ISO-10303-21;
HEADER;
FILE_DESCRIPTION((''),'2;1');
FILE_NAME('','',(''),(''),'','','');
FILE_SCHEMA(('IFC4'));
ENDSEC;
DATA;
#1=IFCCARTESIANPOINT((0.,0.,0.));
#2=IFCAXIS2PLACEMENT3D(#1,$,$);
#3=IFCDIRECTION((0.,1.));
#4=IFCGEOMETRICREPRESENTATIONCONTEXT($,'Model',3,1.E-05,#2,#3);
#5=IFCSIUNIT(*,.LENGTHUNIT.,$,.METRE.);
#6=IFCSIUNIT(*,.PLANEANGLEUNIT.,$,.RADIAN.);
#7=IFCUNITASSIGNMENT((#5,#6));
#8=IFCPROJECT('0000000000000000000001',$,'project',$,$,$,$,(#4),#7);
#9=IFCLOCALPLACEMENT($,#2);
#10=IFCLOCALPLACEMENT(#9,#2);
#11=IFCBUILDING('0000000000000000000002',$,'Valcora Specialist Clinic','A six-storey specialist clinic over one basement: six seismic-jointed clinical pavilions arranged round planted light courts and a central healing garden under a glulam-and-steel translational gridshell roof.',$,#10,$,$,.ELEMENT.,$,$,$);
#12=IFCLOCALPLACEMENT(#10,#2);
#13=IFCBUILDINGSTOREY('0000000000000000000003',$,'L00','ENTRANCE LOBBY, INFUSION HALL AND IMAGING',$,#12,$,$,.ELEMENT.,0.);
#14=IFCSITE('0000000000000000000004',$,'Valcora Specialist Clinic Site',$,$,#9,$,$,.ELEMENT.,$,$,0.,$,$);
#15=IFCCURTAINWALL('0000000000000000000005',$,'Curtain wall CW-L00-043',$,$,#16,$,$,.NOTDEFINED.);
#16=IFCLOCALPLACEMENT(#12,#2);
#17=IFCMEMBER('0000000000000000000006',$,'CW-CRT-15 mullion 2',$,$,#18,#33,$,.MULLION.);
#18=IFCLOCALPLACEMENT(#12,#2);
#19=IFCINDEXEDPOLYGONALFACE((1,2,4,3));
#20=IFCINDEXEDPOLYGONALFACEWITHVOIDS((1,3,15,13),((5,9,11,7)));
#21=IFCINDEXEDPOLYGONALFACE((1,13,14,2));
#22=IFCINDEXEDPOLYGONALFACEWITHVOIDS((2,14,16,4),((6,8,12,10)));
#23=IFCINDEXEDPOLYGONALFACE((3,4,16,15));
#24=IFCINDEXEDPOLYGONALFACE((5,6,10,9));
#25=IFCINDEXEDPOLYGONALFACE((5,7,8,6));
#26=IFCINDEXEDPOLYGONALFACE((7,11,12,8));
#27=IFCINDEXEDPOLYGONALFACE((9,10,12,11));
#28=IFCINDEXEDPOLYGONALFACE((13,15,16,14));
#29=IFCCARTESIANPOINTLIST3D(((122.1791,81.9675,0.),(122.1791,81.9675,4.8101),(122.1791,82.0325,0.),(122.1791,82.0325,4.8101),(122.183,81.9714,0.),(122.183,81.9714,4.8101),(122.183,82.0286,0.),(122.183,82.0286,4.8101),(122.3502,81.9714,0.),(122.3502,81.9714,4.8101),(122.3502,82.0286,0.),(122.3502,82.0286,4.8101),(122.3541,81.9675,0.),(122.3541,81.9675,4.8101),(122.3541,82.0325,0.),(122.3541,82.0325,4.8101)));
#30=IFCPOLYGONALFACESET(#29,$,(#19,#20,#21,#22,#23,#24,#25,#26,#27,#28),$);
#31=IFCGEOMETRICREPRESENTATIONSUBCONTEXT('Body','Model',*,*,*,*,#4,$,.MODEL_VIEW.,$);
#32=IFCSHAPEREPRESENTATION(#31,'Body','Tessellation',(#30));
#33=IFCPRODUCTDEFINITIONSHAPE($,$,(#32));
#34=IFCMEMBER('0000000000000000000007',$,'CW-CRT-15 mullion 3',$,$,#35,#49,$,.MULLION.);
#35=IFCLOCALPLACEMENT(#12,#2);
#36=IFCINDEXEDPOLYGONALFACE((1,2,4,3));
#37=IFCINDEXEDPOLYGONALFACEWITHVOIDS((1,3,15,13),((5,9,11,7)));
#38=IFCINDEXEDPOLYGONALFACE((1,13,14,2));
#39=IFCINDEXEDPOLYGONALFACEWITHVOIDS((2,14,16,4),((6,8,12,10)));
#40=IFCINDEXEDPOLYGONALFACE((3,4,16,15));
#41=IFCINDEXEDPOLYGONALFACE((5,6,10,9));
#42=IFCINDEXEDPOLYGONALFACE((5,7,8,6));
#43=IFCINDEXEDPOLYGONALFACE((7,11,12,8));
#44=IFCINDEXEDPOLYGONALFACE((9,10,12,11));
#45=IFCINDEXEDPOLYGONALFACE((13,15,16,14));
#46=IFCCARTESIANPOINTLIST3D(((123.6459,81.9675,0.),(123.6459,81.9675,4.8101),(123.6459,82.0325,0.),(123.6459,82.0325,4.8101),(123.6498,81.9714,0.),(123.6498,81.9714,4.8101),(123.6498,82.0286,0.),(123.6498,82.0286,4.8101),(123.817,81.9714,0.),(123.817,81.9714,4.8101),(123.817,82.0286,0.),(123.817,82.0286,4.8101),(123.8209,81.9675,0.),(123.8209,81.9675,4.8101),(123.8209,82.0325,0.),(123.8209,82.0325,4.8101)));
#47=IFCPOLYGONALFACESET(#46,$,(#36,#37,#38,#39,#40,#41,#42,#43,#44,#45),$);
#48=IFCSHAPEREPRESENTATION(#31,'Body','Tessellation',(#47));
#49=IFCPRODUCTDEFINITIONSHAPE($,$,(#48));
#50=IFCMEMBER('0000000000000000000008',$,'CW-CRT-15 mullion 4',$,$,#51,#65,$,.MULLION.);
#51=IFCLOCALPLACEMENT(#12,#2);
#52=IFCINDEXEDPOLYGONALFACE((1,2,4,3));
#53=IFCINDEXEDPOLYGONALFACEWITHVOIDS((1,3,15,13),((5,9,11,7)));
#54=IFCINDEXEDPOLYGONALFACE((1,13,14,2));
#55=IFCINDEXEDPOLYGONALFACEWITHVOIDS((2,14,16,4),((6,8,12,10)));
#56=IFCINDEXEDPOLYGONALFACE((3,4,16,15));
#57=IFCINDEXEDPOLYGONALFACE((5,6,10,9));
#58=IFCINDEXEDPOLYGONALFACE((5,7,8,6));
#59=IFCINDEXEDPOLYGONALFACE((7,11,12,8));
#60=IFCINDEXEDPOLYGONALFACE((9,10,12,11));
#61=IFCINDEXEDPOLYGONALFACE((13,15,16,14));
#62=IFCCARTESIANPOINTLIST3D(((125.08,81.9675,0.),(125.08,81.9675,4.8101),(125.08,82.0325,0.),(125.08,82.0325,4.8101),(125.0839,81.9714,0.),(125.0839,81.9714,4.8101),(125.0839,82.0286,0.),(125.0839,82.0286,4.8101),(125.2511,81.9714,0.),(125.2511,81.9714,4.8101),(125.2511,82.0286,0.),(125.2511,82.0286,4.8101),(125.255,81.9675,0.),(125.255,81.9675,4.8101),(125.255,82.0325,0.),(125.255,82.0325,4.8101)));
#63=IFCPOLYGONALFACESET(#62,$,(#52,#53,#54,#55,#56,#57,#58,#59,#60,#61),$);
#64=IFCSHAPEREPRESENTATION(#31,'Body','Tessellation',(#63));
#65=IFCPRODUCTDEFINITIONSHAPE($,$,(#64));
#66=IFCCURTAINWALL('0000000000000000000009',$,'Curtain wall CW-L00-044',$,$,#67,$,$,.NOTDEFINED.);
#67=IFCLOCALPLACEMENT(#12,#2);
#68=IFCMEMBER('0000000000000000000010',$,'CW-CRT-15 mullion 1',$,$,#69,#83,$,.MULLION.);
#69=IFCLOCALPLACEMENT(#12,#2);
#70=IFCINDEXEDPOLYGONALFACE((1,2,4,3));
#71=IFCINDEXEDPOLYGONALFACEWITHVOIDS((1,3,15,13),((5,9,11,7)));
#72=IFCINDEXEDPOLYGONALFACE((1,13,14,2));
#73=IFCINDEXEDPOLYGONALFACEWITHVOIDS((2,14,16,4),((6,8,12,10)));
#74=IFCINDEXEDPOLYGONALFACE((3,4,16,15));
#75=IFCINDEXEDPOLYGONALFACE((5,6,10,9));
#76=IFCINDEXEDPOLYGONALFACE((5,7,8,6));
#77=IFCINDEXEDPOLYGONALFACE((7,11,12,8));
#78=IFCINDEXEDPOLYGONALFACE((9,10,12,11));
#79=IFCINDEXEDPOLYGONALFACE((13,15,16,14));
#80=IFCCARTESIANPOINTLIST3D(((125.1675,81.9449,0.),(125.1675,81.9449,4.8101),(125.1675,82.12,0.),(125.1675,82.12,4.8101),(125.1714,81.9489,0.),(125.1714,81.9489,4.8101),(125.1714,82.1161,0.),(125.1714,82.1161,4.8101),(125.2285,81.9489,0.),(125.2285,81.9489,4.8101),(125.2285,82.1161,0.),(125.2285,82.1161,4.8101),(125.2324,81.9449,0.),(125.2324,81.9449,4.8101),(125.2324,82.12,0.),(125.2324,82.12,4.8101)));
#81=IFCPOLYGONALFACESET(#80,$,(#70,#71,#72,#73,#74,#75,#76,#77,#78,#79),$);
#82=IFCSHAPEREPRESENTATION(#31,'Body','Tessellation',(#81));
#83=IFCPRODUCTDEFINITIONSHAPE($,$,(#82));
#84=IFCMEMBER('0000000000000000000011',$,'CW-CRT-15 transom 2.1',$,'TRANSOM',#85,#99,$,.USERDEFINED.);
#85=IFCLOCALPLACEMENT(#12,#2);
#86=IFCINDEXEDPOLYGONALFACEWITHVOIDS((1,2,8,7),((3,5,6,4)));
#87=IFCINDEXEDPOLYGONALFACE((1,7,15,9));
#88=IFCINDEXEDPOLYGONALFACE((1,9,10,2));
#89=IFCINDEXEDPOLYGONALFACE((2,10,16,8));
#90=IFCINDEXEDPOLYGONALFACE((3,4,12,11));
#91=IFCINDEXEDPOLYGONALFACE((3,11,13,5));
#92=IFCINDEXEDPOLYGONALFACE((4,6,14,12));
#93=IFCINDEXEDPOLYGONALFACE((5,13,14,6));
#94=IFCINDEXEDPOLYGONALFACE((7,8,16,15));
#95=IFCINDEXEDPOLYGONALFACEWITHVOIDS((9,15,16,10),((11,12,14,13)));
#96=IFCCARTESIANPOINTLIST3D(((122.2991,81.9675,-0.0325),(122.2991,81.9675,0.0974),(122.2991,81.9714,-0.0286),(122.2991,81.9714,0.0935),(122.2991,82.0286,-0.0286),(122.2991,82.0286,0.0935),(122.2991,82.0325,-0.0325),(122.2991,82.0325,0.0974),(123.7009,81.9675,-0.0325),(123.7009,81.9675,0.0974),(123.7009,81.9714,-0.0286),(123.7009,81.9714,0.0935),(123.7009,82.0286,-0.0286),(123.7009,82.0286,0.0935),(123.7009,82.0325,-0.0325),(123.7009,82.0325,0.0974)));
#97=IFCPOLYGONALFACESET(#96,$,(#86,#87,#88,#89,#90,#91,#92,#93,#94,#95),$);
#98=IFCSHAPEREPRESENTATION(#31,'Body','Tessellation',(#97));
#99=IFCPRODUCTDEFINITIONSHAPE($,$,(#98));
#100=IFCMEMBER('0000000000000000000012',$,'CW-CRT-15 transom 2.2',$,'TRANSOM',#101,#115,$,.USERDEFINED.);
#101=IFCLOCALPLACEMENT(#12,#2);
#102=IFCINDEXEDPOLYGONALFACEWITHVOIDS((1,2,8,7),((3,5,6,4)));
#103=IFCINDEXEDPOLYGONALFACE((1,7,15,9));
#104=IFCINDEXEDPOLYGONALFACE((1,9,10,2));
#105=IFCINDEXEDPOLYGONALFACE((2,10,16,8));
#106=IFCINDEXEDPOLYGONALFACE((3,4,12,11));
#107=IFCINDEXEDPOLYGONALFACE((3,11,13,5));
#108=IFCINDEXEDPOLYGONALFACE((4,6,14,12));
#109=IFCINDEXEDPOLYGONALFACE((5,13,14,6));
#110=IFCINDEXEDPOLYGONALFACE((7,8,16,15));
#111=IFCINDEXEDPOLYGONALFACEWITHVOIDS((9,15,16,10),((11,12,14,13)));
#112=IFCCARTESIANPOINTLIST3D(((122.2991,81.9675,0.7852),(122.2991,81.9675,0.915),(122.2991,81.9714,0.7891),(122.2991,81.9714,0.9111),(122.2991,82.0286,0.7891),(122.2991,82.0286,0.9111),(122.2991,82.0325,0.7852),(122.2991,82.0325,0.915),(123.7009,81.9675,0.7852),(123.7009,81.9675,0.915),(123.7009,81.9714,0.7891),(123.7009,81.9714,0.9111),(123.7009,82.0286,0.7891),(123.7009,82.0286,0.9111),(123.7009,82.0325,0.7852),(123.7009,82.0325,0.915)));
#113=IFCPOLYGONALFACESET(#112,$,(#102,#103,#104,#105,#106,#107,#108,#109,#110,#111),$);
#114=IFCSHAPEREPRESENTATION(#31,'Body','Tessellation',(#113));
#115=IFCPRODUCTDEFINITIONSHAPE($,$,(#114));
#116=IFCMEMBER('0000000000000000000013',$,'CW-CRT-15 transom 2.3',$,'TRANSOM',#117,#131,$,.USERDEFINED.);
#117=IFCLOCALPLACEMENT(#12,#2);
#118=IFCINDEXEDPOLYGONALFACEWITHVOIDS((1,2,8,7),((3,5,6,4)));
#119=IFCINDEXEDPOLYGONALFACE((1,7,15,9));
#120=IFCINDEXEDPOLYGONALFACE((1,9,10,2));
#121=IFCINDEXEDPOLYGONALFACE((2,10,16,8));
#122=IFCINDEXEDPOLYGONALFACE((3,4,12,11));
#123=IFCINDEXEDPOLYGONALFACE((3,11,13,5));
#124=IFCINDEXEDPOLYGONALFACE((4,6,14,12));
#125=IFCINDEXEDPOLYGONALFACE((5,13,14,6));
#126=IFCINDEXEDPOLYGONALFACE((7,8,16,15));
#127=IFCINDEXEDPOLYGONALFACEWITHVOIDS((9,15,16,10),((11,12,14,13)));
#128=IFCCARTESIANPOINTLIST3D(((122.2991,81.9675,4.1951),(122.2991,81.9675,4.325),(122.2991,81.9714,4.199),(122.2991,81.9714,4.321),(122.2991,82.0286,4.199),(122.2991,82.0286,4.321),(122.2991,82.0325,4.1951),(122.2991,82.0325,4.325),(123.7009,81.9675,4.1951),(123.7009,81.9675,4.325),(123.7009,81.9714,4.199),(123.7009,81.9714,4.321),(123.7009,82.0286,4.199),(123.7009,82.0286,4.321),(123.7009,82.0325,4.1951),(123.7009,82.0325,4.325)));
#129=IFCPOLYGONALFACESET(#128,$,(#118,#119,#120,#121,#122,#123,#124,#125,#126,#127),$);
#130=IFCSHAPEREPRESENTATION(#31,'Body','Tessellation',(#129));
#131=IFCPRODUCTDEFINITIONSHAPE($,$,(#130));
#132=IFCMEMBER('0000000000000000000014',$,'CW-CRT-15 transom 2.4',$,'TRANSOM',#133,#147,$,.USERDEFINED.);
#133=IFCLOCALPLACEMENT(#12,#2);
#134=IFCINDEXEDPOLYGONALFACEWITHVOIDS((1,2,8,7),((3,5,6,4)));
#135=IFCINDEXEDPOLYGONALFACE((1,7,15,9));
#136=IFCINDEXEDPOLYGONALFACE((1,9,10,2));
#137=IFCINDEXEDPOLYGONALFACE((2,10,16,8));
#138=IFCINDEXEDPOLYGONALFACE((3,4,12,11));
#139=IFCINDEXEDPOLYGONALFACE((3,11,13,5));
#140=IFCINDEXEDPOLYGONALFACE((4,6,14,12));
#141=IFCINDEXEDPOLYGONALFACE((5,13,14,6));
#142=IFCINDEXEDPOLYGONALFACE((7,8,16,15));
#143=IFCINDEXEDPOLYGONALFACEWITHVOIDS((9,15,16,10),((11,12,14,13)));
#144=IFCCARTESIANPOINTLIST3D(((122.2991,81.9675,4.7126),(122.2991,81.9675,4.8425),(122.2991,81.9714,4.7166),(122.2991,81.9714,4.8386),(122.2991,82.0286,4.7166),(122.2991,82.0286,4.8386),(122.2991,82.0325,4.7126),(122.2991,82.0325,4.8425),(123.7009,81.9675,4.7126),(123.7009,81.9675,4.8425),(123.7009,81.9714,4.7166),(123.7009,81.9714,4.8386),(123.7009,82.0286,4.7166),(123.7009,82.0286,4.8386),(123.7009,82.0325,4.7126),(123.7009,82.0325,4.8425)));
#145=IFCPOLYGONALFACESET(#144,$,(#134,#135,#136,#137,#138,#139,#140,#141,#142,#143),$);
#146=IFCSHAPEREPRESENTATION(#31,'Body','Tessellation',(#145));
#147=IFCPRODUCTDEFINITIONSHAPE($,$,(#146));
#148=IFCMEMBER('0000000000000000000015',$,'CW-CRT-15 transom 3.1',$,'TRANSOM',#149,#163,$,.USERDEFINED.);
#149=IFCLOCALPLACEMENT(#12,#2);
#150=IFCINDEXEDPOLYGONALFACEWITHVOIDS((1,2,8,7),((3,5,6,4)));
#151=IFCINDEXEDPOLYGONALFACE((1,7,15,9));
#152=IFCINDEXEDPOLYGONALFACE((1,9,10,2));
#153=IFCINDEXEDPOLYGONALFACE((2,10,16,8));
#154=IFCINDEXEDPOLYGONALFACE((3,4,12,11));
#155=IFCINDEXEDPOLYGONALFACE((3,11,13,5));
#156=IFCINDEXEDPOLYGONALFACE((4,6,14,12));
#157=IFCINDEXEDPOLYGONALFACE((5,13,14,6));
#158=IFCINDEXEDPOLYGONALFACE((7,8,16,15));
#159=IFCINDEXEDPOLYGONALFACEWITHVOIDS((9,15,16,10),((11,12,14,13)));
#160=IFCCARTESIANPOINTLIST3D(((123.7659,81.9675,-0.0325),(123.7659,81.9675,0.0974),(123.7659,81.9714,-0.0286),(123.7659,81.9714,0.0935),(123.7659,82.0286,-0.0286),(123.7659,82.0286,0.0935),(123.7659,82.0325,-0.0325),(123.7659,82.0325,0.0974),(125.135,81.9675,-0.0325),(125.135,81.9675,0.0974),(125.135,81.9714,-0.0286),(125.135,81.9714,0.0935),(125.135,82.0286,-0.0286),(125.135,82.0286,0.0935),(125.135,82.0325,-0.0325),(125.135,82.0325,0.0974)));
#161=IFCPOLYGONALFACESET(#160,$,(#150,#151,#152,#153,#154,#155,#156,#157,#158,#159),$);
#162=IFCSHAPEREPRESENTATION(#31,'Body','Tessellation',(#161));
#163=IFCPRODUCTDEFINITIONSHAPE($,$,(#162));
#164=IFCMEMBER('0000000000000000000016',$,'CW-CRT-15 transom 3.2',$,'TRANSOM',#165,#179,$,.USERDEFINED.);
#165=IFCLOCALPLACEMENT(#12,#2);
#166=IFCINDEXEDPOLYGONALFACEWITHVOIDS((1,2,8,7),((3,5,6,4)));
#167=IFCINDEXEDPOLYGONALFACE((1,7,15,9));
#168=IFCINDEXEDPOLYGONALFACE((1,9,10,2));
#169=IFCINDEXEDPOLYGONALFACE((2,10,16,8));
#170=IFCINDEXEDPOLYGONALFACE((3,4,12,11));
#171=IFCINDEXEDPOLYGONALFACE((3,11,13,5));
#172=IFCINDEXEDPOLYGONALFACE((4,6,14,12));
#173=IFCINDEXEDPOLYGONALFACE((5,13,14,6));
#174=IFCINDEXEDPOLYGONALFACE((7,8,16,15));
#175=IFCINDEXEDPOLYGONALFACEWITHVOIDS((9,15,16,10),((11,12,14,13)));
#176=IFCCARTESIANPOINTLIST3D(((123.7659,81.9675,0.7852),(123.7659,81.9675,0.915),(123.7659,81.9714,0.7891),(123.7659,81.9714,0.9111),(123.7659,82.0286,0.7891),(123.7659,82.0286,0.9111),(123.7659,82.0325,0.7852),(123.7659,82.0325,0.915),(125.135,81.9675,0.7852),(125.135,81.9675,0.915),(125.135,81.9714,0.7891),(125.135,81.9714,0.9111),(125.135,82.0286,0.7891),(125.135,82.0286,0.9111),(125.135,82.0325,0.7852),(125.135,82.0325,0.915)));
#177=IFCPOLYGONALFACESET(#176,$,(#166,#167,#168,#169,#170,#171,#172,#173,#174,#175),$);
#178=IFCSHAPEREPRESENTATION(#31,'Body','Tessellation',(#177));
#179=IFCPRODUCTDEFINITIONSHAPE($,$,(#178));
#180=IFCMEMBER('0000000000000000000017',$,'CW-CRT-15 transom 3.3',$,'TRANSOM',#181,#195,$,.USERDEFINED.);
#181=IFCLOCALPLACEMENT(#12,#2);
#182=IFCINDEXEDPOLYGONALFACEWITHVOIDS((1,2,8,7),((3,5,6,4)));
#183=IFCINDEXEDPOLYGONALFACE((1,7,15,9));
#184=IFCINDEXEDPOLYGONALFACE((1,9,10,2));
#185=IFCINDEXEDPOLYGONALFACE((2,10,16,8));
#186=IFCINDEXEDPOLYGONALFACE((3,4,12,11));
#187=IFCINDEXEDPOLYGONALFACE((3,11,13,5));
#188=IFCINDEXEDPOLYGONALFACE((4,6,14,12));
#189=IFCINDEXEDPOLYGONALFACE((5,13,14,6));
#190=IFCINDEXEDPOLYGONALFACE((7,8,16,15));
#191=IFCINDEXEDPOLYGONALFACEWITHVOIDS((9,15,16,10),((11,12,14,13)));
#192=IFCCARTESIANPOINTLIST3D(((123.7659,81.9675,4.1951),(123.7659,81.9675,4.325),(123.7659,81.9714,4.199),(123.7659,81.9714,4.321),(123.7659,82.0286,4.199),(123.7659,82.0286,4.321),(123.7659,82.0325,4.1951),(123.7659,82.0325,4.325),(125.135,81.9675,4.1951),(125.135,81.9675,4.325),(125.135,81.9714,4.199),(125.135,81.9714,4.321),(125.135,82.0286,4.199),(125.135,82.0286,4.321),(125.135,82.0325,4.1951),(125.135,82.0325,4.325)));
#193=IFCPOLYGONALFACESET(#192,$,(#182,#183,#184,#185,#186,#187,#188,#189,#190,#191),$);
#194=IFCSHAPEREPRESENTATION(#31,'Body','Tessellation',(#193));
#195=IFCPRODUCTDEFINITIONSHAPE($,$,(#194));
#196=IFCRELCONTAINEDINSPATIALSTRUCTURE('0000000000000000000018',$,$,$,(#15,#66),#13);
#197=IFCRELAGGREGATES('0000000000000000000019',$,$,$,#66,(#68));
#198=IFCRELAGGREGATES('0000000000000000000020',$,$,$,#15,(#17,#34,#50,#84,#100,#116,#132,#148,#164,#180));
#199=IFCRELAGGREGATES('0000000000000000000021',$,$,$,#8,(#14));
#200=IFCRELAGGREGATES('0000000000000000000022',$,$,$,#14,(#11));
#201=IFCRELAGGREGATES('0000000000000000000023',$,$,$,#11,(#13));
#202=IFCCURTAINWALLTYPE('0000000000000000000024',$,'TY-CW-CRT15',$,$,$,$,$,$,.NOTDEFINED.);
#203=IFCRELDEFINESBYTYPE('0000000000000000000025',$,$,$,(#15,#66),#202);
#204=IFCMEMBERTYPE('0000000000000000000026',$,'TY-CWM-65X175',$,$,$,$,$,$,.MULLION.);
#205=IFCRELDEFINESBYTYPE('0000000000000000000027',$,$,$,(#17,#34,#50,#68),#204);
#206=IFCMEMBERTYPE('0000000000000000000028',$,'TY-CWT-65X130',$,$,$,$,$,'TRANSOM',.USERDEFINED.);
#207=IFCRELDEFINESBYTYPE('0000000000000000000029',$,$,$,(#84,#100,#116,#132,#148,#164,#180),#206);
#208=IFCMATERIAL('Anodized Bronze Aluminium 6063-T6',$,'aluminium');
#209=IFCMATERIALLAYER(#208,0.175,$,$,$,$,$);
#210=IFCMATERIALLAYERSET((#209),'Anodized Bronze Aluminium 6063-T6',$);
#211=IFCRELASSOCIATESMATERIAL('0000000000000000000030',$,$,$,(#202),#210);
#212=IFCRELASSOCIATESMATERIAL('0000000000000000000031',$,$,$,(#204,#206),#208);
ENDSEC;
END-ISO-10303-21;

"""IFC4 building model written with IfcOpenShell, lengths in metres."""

from ifc_helpers import new_model, si_unit, direction, frame, origin, origin_2d, place, context, subcontext, project, spatial, hollow_rectangle, extrude, material, layer, layer_set, material_profile, profile_set, type_object, element, aggregate, save


model = new_model("IFC4")

# Units and contexts
model_context = context("Model", 3, precision=1e-05, world=origin(), true_north=direction((0.0, 1.0)))
body_context = subcontext(model_context, "Body", "Model", "MODEL_VIEW")
ifc_project = project(units=[si_unit("LENGTHUNIT", "METRE"), si_unit("PLANEANGLEUNIT", "RADIAN")], contexts=[model_context])

# Site, building, storey
site_placement = place(None, origin())
site = spatial("IfcSite", under=ifc_project, at=site_placement, Name="Valcora Specialist Clinic Site", CompositionType="ELEMENT", RefElevation=0.0)
building_placement = place(site_placement, origin())
building = spatial("IfcBuilding", under=site, at=building_placement, Name="Valcora Specialist Clinic", Description="A six-storey specialist clinic over one basement: six seismic-jointed clinical pavilions arranged round planted light courts and a central healing garden under a glulam-and-steel translational gridshell roof.", CompositionType="ELEMENT")
storey_placement = place(building_placement, origin())
storey = spatial("IfcBuildingStorey", under=building, at=storey_placement, Name="L00", Description="ENTRANCE LOBBY, INFUSION HALL AND IMAGING", CompositionType="ELEMENT", Elevation=0.0)

# Curtain wall, members
ifc_material_1 = material(Name="Anodized Bronze Aluminium 6063-T6", Category="aluminium")
ifc_layer_1 = layer(ifc_material_1, 0.175)
ifc_layer_set_1 = layer_set([ifc_layer_1], Name="Anodized Bronze Aluminium 6063-T6")
curtain_wall_type = type_object("IfcCurtainWallType", Name="TY-CW-CRT15", PredefinedType="NOTDEFINED", material=ifc_layer_set_1)
curtain_wall_1_placement = place(storey_placement, origin())
curtain_wall_1 = element("IfcCurtainWall", 1, at=curtain_wall_1_placement, inside=storey, type_object=curtain_wall_type, Name="Curtain wall CW-L00-043", PredefinedType="NOTDEFINED")
ifc_material_profile_1 = material_profile(ifc_material_1, hollow_rectangle(XDim=0.0649, YDim=0.175, WallThickness=0.0039, at=origin_2d()), Name="AL-MUL-65X175")
ifc_profile_set_1 = profile_set([ifc_material_profile_1], Name="Anodized Bronze Aluminium 6063-T6")
member_type_1 = type_object("IfcMemberType", Name="TY-CWM-65X175", PredefinedType="MULLION", material=ifc_profile_set_1)
member_1_placement = place(storey_placement, frame((122.2666, 82.0, 0.0), z_axis=(0.0, 0.0, 1.0), x_axis=(0.0, 1.0, 0.0)))
member_1 = element("IfcMember", 2, at=member_1_placement, type_object=member_type_1, Name="CW-CRT-15 mullion 2", PredefinedType="MULLION", context=body_context, shape_type="SweptSolid", body=[
    extrude(hollow_rectangle(XDim=0.0649, YDim=0.175, WallThickness=0.0039, at=origin_2d()), origin(), (0.0, 0.0, 1.0), 4.8101),
])
member_2_placement = place(storey_placement, frame((123.7334, 82.0, 0.0), z_axis=(0.0, 0.0, 1.0), x_axis=(0.0, 1.0, 0.0)))
member_2 = element("IfcMember", 3, at=member_2_placement, type_object=member_type_1, Name="CW-CRT-15 mullion 3", PredefinedType="MULLION", context=body_context, shape_type="SweptSolid", body=[
    extrude(hollow_rectangle(XDim=0.0649, YDim=0.175, WallThickness=0.0039, at=origin_2d()), origin(), (0.0, 0.0, 1.0), 4.8101),
])
member_3_placement = place(storey_placement, frame((125.1675, 82.0, 0.0), z_axis=(0.0, 0.0, 1.0), x_axis=(0.0, 1.0, 0.0)))
member_3 = element("IfcMember", 4, at=member_3_placement, type_object=member_type_1, Name="CW-CRT-15 mullion 4", PredefinedType="MULLION", context=body_context, shape_type="SweptSolid", body=[
    extrude(hollow_rectangle(XDim=0.0649, YDim=0.175, WallThickness=0.0039, at=origin_2d()), origin(), (0.0, 0.0, 1.0), 4.8101),
])

# Curtain wall, member
curtain_wall_2_placement = place(storey_placement, origin())
curtain_wall_2 = element("IfcCurtainWall", 5, at=curtain_wall_2_placement, inside=storey, type_object=curtain_wall_type, Name="Curtain wall CW-L00-044", PredefinedType="NOTDEFINED")
member_4_placement = place(storey_placement, frame((125.2, 82.0325, 0.0), z_axis=(0.0, 0.0, 1.0), x_axis=(-1.0, 0.0, 0.0)))
member_4 = element("IfcMember", 6, at=member_4_placement, type_object=member_type_1, Name="CW-CRT-15 mullion 1", PredefinedType="MULLION", context=body_context, shape_type="SweptSolid", body=[
    extrude(hollow_rectangle(XDim=0.0649, YDim=0.175, WallThickness=0.0039, at=origin_2d()), origin(), (0.0, 0.0, 1.0), 4.8101),
])

# Members
ifc_material_profile_2 = material_profile(ifc_material_1, hollow_rectangle(XDim=0.0649, YDim=0.1299, WallThickness=0.0039, at=origin_2d()), Name="AL-TRN-65X130")
ifc_profile_set_2 = profile_set([ifc_material_profile_2], Name="Anodized Bronze Aluminium 6063-T6")
member_type_2 = type_object("IfcMemberType", Name="TY-CWT-65X130", ElementType="TRANSOM", PredefinedType="USERDEFINED", material=ifc_profile_set_2)
member_5_placement = place(storey_placement, frame((122.2991, 82.0, 0.0325), z_axis=(1.0, 0.0, 0.0), x_axis=(0.0, 1.0, 0.0)))
member_5 = element("IfcMember", 7, at=member_5_placement, type_object=member_type_2, Name="CW-CRT-15 transom 2.1", ObjectType="TRANSOM", PredefinedType="USERDEFINED", context=body_context, shape_type="SweptSolid", body=[
    extrude(hollow_rectangle(XDim=0.0649, YDim=0.1299, WallThickness=0.0039, at=origin_2d()), origin(), (0.0, 0.0, 1.0), 1.4019),
])
member_6_placement = place(storey_placement, frame((122.2991, 82.0, 0.8501), z_axis=(1.0, 0.0, 0.0), x_axis=(0.0, 1.0, 0.0)))
member_6 = element("IfcMember", 8, at=member_6_placement, type_object=member_type_2, Name="CW-CRT-15 transom 2.2", ObjectType="TRANSOM", PredefinedType="USERDEFINED", context=body_context, shape_type="SweptSolid", body=[
    extrude(hollow_rectangle(XDim=0.0649, YDim=0.1299, WallThickness=0.0039, at=origin_2d()), origin(), (0.0, 0.0, 1.0), 1.4019),
])
member_7_placement = place(storey_placement, frame((122.2991, 82.0, 4.26), z_axis=(1.0, 0.0, 0.0), x_axis=(0.0, 1.0, 0.0)))
member_7 = element("IfcMember", 9, at=member_7_placement, type_object=member_type_2, Name="CW-CRT-15 transom 2.3", ObjectType="TRANSOM", PredefinedType="USERDEFINED", context=body_context, shape_type="SweptSolid", body=[
    extrude(hollow_rectangle(XDim=0.0649, YDim=0.1299, WallThickness=0.0039, at=origin_2d()), origin(), (0.0, 0.0, 1.0), 1.4019),
])
member_8_placement = place(storey_placement, frame((122.2991, 82.0, 4.7776), z_axis=(1.0, 0.0, 0.0), x_axis=(0.0, 1.0, 0.0)))
member_8 = element("IfcMember", 10, at=member_8_placement, type_object=member_type_2, Name="CW-CRT-15 transom 2.4", ObjectType="TRANSOM", PredefinedType="USERDEFINED", context=body_context, shape_type="SweptSolid", body=[
    extrude(hollow_rectangle(XDim=0.0649, YDim=0.1299, WallThickness=0.0039, at=origin_2d()), origin(), (0.0, 0.0, 1.0), 1.4019),
])
member_9_placement = place(storey_placement, frame((123.7659, 82.0, 0.0325), z_axis=(1.0, 0.0, 0.0), x_axis=(0.0, 1.0, 0.0)))
member_9 = element("IfcMember", 11, at=member_9_placement, type_object=member_type_2, Name="CW-CRT-15 transom 3.1", ObjectType="TRANSOM", PredefinedType="USERDEFINED", context=body_context, shape_type="SweptSolid", body=[
    extrude(hollow_rectangle(XDim=0.0649, YDim=0.1299, WallThickness=0.0039, at=origin_2d()), origin(), (0.0, 0.0, 1.0), 1.3691),
])
member_10_placement = place(storey_placement, frame((123.7659, 82.0, 0.8501), z_axis=(1.0, 0.0, 0.0), x_axis=(0.0, 1.0, 0.0)))
member_10 = element("IfcMember", 12, at=member_10_placement, type_object=member_type_2, Name="CW-CRT-15 transom 3.2", ObjectType="TRANSOM", PredefinedType="USERDEFINED", context=body_context, shape_type="SweptSolid", body=[
    extrude(hollow_rectangle(XDim=0.0649, YDim=0.1299, WallThickness=0.0039, at=origin_2d()), origin(), (0.0, 0.0, 1.0), 1.3691),
])
member_11_placement = place(storey_placement, frame((123.7659, 82.0, 4.26), z_axis=(1.0, 0.0, 0.0), x_axis=(0.0, 1.0, 0.0)))
member_11 = element("IfcMember", 13, at=member_11_placement, type_object=member_type_2, Name="CW-CRT-15 transom 3.3", ObjectType="TRANSOM", PredefinedType="USERDEFINED", context=body_context, shape_type="SweptSolid", body=[
    extrude(hollow_rectangle(XDim=0.0649, YDim=0.1299, WallThickness=0.0039, at=origin_2d()), origin(), (0.0, 0.0, 1.0), 1.3691),
])
aggregate(curtain_wall_2, [member_4])

aggregate(curtain_wall_1, [member_1, member_2, member_3, member_5, member_6, member_7, member_8, member_9, member_10, member_11])

save(model, "model.ifc")
